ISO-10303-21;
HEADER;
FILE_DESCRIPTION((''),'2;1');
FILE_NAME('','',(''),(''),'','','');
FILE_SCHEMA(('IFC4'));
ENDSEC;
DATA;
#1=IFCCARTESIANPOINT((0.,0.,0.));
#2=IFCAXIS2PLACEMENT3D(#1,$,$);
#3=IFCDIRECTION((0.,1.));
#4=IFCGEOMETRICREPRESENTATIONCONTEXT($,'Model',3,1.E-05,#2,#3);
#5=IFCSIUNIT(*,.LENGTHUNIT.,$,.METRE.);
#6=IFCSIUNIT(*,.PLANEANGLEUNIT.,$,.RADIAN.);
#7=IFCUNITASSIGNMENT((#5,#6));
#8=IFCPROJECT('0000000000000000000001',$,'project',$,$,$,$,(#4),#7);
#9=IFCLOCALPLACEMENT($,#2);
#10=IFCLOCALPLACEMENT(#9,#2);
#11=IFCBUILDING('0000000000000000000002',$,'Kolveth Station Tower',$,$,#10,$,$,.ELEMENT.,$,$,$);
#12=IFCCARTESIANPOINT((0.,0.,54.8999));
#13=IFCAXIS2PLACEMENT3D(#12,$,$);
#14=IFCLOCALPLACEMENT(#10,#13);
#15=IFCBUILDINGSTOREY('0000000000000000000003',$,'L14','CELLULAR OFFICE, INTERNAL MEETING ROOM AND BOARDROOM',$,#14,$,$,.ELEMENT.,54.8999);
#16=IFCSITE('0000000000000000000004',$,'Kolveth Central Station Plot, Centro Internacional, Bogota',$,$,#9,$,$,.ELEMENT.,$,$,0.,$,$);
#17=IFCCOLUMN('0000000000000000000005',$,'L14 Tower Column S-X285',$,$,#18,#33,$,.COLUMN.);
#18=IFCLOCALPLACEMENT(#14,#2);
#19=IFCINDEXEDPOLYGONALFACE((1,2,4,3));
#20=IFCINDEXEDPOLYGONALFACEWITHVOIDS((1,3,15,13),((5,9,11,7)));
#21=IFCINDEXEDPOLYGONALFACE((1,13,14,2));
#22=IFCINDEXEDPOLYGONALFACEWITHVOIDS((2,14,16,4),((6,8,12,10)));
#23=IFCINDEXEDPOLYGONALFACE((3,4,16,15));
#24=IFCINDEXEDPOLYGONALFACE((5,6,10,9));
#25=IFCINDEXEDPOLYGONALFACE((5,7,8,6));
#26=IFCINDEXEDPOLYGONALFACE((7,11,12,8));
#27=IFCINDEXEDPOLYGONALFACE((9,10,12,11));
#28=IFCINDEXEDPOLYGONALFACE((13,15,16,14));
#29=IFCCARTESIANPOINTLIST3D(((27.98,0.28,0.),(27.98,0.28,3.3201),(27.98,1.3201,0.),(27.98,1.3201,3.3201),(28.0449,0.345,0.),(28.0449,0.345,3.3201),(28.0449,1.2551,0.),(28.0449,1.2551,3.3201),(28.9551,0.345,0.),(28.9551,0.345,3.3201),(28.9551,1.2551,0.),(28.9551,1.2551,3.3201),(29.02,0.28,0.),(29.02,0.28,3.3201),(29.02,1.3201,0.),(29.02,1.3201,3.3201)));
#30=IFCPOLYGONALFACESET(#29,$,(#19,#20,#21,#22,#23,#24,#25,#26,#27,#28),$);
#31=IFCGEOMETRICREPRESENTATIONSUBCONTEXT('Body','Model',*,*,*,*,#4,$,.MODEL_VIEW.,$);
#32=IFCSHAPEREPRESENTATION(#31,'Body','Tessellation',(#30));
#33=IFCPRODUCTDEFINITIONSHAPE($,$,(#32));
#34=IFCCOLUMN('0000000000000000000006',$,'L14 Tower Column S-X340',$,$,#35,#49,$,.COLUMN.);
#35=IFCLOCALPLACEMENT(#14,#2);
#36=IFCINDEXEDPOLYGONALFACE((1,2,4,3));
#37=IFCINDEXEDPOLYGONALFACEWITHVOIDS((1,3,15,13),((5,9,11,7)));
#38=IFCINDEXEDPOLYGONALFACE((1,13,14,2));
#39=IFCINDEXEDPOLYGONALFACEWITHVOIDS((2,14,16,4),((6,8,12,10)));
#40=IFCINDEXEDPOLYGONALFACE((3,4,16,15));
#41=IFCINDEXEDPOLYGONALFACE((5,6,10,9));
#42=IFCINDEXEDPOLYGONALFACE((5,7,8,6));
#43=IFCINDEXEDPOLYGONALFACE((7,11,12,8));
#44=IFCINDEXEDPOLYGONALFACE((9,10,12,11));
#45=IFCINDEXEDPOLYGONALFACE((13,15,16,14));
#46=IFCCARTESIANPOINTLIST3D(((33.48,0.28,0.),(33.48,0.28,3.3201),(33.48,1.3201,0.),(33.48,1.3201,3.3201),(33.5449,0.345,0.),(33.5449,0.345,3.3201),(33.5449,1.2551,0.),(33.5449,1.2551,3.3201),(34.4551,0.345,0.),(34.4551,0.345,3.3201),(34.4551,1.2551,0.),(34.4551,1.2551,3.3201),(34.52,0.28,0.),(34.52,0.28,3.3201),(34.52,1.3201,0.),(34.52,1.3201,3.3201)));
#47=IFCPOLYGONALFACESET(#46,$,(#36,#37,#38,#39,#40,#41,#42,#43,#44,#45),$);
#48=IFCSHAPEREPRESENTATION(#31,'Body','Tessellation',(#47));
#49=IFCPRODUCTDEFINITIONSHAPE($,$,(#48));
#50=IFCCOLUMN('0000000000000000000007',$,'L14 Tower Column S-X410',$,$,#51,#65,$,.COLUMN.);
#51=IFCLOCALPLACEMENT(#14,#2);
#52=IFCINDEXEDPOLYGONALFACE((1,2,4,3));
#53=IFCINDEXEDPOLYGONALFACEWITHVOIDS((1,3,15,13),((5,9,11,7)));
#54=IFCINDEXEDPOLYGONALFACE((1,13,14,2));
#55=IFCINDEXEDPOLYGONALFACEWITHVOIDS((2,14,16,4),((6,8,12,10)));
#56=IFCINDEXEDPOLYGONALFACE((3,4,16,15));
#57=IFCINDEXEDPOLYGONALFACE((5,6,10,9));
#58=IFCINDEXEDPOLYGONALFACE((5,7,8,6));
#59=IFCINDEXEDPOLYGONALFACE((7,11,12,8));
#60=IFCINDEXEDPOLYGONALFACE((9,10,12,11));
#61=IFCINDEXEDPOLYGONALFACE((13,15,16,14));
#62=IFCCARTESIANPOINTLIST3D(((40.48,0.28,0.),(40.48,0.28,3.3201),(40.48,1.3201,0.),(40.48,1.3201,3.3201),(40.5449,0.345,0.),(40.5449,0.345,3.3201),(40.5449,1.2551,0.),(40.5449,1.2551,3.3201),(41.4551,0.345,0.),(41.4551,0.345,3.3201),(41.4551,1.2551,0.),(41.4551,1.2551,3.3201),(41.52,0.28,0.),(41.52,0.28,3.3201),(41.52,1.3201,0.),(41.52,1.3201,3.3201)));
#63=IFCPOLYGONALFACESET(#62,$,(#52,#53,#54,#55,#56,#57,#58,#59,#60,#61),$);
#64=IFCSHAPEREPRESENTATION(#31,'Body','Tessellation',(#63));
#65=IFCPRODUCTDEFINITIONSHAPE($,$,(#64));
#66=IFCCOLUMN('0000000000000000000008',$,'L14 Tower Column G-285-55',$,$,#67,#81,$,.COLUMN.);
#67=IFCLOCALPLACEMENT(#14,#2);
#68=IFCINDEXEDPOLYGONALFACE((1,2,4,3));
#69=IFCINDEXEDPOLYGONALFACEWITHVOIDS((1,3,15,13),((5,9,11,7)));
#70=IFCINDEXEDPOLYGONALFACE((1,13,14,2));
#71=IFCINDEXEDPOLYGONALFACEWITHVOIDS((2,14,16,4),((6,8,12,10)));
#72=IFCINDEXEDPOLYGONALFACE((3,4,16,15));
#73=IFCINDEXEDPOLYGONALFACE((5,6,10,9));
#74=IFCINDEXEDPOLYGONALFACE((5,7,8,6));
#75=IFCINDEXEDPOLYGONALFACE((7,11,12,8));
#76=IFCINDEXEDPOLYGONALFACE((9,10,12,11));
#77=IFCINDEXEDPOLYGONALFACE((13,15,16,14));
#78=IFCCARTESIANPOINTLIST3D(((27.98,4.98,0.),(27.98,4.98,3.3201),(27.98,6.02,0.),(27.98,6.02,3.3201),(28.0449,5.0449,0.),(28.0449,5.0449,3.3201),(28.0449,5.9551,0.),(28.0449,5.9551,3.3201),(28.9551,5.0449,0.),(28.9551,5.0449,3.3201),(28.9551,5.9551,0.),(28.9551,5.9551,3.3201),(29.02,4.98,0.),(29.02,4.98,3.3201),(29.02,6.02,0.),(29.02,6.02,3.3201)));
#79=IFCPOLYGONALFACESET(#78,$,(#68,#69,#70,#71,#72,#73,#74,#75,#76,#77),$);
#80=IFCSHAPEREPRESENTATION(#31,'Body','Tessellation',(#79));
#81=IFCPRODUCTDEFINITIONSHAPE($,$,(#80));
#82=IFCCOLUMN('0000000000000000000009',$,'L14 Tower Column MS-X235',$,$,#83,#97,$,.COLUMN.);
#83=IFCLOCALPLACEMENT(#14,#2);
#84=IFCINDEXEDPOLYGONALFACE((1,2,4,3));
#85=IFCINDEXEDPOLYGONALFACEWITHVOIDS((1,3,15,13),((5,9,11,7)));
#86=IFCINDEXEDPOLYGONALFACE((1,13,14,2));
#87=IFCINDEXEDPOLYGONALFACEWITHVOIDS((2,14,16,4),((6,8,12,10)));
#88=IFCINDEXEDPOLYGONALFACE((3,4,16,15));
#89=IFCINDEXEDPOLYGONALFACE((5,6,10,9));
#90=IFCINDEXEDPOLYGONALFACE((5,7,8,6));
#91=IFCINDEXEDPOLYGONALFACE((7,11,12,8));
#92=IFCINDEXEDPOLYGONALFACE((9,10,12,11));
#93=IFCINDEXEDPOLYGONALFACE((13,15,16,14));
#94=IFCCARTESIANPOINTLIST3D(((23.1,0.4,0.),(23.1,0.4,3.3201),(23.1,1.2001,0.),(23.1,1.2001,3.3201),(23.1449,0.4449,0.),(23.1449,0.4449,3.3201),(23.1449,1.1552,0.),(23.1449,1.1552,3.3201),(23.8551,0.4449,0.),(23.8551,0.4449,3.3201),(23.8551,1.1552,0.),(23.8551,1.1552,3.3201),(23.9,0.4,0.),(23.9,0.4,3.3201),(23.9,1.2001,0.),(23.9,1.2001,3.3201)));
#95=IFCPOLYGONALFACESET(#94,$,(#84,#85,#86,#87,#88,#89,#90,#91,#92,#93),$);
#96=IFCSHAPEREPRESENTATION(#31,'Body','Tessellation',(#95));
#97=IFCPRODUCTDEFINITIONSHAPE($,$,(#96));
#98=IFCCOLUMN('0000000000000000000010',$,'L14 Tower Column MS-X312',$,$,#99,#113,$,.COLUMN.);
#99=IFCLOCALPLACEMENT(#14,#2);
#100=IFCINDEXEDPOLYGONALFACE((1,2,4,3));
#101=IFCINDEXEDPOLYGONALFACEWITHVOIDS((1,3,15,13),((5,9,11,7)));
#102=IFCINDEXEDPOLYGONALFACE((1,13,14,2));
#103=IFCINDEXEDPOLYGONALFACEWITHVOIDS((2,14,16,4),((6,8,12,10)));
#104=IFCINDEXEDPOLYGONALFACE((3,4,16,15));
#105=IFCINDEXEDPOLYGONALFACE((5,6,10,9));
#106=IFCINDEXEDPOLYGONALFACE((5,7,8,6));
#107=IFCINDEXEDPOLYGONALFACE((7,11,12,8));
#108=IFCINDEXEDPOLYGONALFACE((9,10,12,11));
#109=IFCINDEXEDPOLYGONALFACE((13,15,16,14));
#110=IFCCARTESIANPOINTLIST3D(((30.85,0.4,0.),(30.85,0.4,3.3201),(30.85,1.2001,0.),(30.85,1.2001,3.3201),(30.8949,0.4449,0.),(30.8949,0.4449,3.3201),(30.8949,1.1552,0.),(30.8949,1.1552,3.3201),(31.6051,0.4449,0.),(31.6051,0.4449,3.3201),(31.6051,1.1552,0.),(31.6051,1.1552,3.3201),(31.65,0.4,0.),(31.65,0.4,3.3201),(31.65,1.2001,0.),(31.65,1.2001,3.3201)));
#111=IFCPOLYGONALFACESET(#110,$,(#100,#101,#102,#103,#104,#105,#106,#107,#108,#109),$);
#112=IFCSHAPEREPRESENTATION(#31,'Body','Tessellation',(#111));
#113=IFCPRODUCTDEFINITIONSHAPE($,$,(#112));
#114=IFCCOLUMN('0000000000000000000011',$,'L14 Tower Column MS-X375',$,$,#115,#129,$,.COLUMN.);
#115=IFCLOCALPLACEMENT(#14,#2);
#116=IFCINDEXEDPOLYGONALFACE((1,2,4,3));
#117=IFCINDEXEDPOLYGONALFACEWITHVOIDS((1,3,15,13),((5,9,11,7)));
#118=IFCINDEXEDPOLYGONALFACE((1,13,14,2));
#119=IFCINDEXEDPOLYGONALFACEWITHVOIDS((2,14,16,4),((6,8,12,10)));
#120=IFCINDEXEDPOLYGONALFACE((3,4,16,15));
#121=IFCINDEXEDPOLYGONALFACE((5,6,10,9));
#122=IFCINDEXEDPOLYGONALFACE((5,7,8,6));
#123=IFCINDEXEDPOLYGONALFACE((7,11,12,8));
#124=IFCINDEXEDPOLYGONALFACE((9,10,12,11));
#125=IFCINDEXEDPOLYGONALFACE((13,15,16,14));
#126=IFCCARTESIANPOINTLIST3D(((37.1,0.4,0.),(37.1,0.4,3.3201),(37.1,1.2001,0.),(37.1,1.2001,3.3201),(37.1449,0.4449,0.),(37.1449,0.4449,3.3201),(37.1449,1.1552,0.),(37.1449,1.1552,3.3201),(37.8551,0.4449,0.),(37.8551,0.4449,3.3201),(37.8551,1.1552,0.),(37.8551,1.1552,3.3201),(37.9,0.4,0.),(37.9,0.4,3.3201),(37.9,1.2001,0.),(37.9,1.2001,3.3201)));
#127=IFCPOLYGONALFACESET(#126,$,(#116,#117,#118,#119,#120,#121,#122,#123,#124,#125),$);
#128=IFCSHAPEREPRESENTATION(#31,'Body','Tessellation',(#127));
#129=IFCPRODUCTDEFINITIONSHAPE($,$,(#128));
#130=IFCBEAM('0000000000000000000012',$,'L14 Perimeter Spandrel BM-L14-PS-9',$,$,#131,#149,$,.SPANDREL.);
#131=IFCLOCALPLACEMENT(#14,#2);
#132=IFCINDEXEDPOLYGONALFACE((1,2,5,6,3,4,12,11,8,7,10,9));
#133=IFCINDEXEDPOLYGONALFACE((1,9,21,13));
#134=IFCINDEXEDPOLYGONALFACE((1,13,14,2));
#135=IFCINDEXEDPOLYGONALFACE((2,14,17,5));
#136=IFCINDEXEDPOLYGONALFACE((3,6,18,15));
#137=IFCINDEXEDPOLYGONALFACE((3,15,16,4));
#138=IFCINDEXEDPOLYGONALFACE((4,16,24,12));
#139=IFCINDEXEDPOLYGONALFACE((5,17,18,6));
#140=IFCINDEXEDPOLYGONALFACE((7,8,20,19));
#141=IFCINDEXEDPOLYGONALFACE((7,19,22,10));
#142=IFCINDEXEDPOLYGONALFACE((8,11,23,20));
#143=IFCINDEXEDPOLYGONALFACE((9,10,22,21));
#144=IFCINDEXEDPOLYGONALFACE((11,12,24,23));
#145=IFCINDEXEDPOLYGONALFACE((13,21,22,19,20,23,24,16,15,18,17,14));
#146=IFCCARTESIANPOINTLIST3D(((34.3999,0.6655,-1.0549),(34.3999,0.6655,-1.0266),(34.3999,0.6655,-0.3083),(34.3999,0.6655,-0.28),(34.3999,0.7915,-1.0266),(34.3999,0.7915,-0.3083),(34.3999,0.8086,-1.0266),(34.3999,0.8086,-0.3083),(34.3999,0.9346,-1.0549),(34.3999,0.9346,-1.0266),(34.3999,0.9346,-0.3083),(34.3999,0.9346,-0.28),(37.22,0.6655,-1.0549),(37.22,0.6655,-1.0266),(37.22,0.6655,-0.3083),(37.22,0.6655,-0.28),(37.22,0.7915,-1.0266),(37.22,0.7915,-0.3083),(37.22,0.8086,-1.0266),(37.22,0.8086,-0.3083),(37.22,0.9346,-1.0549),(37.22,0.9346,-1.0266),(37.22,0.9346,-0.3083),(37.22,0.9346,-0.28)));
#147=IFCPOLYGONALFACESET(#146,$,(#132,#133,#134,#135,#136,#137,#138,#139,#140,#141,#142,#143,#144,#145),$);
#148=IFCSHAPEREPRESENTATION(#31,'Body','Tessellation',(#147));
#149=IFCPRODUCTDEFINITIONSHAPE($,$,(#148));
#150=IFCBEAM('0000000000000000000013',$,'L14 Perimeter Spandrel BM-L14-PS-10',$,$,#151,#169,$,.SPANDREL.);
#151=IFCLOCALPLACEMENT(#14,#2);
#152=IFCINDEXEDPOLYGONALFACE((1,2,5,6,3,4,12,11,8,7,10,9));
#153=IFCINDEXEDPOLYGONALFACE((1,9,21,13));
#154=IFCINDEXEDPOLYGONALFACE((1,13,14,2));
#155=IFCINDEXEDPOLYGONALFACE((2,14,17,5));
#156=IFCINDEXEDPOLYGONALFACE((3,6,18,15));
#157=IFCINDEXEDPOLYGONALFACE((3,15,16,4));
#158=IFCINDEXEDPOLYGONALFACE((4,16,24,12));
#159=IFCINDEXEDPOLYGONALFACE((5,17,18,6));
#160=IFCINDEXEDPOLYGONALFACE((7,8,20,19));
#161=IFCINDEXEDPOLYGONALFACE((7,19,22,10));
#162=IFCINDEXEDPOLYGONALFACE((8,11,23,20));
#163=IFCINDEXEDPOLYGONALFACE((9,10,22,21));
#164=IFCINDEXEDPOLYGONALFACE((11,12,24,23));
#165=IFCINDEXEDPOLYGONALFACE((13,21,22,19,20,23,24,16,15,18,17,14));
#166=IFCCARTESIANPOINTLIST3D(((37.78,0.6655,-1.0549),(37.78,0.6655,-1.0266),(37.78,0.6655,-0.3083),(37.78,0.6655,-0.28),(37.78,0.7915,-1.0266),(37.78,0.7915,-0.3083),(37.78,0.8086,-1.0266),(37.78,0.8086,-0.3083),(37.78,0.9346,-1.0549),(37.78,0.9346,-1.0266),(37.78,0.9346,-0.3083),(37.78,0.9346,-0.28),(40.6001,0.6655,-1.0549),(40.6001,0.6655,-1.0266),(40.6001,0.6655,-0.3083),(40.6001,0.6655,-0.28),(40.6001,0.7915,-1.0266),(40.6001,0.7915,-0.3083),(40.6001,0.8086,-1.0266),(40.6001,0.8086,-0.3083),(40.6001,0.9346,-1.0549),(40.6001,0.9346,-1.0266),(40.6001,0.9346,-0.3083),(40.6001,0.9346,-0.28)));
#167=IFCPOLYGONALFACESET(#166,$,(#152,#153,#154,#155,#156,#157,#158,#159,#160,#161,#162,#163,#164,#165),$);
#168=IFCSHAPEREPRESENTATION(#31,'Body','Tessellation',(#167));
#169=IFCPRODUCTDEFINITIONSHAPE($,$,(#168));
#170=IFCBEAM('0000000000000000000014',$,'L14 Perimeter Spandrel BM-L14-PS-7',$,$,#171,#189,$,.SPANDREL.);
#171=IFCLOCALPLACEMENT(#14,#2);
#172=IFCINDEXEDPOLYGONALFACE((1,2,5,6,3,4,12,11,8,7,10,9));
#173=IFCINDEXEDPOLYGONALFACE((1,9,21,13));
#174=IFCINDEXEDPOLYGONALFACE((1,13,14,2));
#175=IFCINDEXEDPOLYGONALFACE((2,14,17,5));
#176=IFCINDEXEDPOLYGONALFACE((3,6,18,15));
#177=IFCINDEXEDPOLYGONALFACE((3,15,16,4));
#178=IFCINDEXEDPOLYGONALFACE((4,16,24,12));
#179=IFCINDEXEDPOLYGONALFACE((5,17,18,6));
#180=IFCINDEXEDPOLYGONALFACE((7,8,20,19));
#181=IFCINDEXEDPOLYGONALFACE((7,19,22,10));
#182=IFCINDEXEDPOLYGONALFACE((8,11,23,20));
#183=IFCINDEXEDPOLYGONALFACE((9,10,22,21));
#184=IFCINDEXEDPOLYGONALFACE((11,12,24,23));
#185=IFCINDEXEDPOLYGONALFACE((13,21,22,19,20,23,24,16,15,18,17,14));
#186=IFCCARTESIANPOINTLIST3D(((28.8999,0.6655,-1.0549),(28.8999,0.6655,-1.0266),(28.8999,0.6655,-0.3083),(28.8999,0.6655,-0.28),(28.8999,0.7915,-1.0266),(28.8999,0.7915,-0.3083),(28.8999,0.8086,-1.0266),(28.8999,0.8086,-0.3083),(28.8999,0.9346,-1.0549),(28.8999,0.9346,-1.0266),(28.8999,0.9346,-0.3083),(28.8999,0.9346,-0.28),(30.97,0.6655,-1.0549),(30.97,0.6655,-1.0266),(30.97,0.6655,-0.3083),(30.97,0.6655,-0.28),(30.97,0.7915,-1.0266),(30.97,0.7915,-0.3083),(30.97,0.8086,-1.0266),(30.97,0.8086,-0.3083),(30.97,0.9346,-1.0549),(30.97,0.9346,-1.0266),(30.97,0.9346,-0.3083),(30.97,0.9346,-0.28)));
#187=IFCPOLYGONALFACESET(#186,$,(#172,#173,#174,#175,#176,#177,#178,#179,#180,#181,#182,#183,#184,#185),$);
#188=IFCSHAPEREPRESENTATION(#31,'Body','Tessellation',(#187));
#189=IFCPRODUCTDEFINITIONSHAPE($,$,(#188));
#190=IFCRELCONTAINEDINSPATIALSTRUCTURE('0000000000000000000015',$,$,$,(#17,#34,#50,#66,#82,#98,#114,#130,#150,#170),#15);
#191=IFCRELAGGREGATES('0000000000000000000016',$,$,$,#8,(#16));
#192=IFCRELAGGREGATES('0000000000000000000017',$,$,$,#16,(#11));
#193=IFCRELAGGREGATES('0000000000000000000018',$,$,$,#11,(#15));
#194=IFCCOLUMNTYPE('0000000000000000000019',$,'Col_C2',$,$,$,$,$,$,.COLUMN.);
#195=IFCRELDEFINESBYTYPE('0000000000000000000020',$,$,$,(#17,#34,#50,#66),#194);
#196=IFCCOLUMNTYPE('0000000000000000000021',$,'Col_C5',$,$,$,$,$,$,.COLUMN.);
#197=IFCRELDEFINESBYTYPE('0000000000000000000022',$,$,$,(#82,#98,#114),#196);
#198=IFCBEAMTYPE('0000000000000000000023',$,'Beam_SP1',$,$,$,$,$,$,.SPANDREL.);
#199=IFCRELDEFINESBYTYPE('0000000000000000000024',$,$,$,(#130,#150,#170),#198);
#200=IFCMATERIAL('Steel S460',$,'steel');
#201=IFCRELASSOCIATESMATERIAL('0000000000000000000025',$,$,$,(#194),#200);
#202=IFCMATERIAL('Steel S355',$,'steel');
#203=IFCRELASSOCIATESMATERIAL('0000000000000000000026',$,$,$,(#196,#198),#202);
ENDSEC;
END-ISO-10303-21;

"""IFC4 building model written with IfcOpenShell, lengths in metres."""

from ifc_helpers import new_model, si_unit, direction, frame, origin, origin_2d, place, context, subcontext, project, spatial, hollow_rectangle, i_section, extrude, source, transform, mapped, material, material_profile, profile_set, type_object, element, save


model = new_model("IFC4")

# Units and contexts
model_context = context("Model", 3, precision=1e-05, world=origin(), true_north=direction((0.0, 1.0)))
body_context = subcontext(model_context, "Body", "Model", "MODEL_VIEW")
ifc_project = project(units=[si_unit("LENGTHUNIT", "METRE"), si_unit("PLANEANGLEUNIT", "RADIAN")], contexts=[model_context])

# Site, building, storey
site_placement = place(None, origin())
site = spatial("IfcSite", under=ifc_project, at=site_placement, Name="Kolveth Central Station Plot, Centro Internacional, Bogota", CompositionType="ELEMENT", RefElevation=0.0)
building_placement = place(site_placement, origin())
building = spatial("IfcBuilding", under=site, at=building_placement, Name="Kolveth Station Tower", CompositionType="ELEMENT")
storey_placement = place(building_placement, frame((0.0, 0.0, 54.8999)))
storey = spatial("IfcBuildingStorey", under=building, at=storey_placement, Name="L14", Description="CELLULAR OFFICE, INTERNAL MEETING ROOM AND BOARDROOM", CompositionType="ELEMENT", Elevation=54.8999)

# Columns
ifc_material_1 = material(Name="Steel S460", Category="steel")
ifc_material_profile_1 = material_profile(ifc_material_1, hollow_rectangle(XDim=1.04, YDim=1.04, WallThickness=0.0649, at=origin_2d()), Name="BOX1040x1040x65")
ifc_profile_set_1 = profile_set([ifc_material_profile_1], Name="Steel S460")
column_type_1 = type_object("IfcColumnType", Name="Col_C2", PredefinedType="COLUMN", material=ifc_profile_set_1)
shared_shape_1 = source(origin(), body_context, "Body", "SweptSolid", [
    extrude(hollow_rectangle(XDim=1.04, YDim=1.04, WallThickness=0.0649, at=origin_2d()), origin(), (0.0, 0.0, 1.0), 3.3201),
])
for number, where, z_axis, x_axis, name in (
    (1, (28.5, 0.8, 0.0), (0.0, 0.0, 1.0), (1.0, 0.0, 0.0), "L14 Tower Column S-X285"),
    (2, (34.0, 0.8, 0.0), (0.0, 0.0, 1.0), (1.0, 0.0, 0.0), "L14 Tower Column S-X340"),
    (3, (41.0, 0.8, 0.0), (0.0, 0.0, 1.0), (1.0, 0.0, 0.0), "L14 Tower Column S-X410"),
    (4, (28.5, 5.5, 0.0), (0.0, 0.0, 1.0), (1.0, 0.0, 0.0), "L14 Tower Column G-285-55"),
):
    element("IfcColumn", number, at=place(storey_placement, frame(where, z_axis=z_axis, x_axis=x_axis)), inside=storey, type_object=column_type_1, Name=name, PredefinedType="COLUMN", context=body_context, shape_type="MappedRepresentation", body=[
        mapped(shared_shape_1, transform((0.0, 0.0, 0.0), x_axis=(1.0, 0.0, 0.0), y_axis=(0.0, 1.0, 0.0), z_axis=(0.0, 0.0, 1.0), scale=1.0)),
    ])
ifc_material_2 = material(Name="Steel S355", Category="steel")
ifc_material_profile_2 = material_profile(ifc_material_2, hollow_rectangle(XDim=0.8, YDim=0.8, WallThickness=0.0449, at=origin_2d()), Name="BOX800x800x45")
ifc_profile_set_2 = profile_set([ifc_material_profile_2], Name="Steel S355")
column_type_2 = type_object("IfcColumnType", Name="Col_C5", PredefinedType="COLUMN", material=ifc_profile_set_2)
shared_shape_2 = source(origin(), body_context, "Body", "SweptSolid", [
    extrude(hollow_rectangle(XDim=0.8, YDim=0.8, WallThickness=0.0449, at=origin_2d()), origin(), (0.0, 0.0, 1.0), 3.3201),
])
for number, where, z_axis, x_axis, name in (
    (5, (23.5, 0.8, 0.0), (0.0, 0.0, 1.0), (1.0, 0.0, 0.0), "L14 Tower Column MS-X235"),
    (6, (31.25, 0.8, 0.0), (0.0, 0.0, 1.0), (1.0, 0.0, 0.0), "L14 Tower Column MS-X312"),
    (7, (37.5, 0.8, 0.0), (0.0, 0.0, 1.0), (1.0, 0.0, 0.0), "L14 Tower Column MS-X375"),
):
    element("IfcColumn", number, at=place(storey_placement, frame(where, z_axis=z_axis, x_axis=x_axis)), inside=storey, type_object=column_type_2, Name=name, PredefinedType="COLUMN", context=body_context, shape_type="MappedRepresentation", body=[
        mapped(shared_shape_2, transform((0.0, 0.0, 0.0), x_axis=(1.0, 0.0, 0.0), y_axis=(0.0, 1.0, 0.0), z_axis=(0.0, 0.0, 1.0), scale=1.0)),
    ])

# Beams
ifc_material_profile_3 = material_profile(ifc_material_2, i_section(OverallWidth=0.269, OverallDepth=0.7749, WebThickness=0.0171, FlangeThickness=0.0283, at=origin_2d()), Name="W760x220")
ifc_profile_set_3 = profile_set([ifc_material_profile_3], Name="Steel S355")
beam_type_1 = type_object("IfcBeamType", Name="Beam_SP1", PredefinedType="SPANDREL", material=ifc_profile_set_3)
shared_shape_3 = source(origin(), body_context, "Body", "SweptSolid", [
    extrude(i_section(OverallWidth=0.269, OverallDepth=0.7749, WebThickness=0.0171, FlangeThickness=0.0283, at=origin_2d()), origin(), (0.0, 0.0, 1.0), 2.8201),
])
for number, where, z_axis, x_axis, name in (
    (8, (34.3999, 0.8, -0.6675), (1.0, 0.0, 0.0), (0.0, 1.0, 0.0), "L14 Perimeter Spandrel BM-L14-PS-9"),
    (9, (37.78, 0.8, -0.6675), (1.0, 0.0, 0.0), (0.0, 1.0, 0.0), "L14 Perimeter Spandrel BM-L14-PS-10"),
):
    element("IfcBeam", number, at=place(storey_placement, frame(where, z_axis=z_axis, x_axis=x_axis)), inside=storey, type_object=beam_type_1, Name=name, PredefinedType="SPANDREL", context=body_context, shape_type="MappedRepresentation", body=[
        mapped(shared_shape_3, transform((0.0, 0.0, 0.0), x_axis=(1.0, 0.0, 0.0), y_axis=(0.0, 1.0, 0.0), z_axis=(0.0, 0.0, 1.0), scale=1.0)),
    ])
shared_shape_4 = source(origin(), body_context, "Body", "SweptSolid", [
    extrude(i_section(OverallWidth=0.269, OverallDepth=0.7749, WebThickness=0.0171, FlangeThickness=0.0283, at=origin_2d()), origin(), (0.0, 0.0, 1.0), 2.0701),
])
for number, where, z_axis, x_axis, name in (
    (10, (28.8999, 0.8, -0.6675), (1.0, 0.0, 0.0), (0.0, 1.0, 0.0), "L14 Perimeter Spandrel BM-L14-PS-7"),
):
    element("IfcBeam", number, at=place(storey_placement, frame(where, z_axis=z_axis, x_axis=x_axis)), inside=storey, type_object=beam_type_1, Name=name, PredefinedType="SPANDREL", context=body_context, shape_type="MappedRepresentation", body=[
        mapped(shared_shape_4, transform((0.0, 0.0, 0.0), x_axis=(1.0, 0.0, 0.0), y_axis=(0.0, 1.0, 0.0), z_axis=(0.0, 0.0, 1.0), scale=1.0)),
    ])

save(model, "model.ifc")
